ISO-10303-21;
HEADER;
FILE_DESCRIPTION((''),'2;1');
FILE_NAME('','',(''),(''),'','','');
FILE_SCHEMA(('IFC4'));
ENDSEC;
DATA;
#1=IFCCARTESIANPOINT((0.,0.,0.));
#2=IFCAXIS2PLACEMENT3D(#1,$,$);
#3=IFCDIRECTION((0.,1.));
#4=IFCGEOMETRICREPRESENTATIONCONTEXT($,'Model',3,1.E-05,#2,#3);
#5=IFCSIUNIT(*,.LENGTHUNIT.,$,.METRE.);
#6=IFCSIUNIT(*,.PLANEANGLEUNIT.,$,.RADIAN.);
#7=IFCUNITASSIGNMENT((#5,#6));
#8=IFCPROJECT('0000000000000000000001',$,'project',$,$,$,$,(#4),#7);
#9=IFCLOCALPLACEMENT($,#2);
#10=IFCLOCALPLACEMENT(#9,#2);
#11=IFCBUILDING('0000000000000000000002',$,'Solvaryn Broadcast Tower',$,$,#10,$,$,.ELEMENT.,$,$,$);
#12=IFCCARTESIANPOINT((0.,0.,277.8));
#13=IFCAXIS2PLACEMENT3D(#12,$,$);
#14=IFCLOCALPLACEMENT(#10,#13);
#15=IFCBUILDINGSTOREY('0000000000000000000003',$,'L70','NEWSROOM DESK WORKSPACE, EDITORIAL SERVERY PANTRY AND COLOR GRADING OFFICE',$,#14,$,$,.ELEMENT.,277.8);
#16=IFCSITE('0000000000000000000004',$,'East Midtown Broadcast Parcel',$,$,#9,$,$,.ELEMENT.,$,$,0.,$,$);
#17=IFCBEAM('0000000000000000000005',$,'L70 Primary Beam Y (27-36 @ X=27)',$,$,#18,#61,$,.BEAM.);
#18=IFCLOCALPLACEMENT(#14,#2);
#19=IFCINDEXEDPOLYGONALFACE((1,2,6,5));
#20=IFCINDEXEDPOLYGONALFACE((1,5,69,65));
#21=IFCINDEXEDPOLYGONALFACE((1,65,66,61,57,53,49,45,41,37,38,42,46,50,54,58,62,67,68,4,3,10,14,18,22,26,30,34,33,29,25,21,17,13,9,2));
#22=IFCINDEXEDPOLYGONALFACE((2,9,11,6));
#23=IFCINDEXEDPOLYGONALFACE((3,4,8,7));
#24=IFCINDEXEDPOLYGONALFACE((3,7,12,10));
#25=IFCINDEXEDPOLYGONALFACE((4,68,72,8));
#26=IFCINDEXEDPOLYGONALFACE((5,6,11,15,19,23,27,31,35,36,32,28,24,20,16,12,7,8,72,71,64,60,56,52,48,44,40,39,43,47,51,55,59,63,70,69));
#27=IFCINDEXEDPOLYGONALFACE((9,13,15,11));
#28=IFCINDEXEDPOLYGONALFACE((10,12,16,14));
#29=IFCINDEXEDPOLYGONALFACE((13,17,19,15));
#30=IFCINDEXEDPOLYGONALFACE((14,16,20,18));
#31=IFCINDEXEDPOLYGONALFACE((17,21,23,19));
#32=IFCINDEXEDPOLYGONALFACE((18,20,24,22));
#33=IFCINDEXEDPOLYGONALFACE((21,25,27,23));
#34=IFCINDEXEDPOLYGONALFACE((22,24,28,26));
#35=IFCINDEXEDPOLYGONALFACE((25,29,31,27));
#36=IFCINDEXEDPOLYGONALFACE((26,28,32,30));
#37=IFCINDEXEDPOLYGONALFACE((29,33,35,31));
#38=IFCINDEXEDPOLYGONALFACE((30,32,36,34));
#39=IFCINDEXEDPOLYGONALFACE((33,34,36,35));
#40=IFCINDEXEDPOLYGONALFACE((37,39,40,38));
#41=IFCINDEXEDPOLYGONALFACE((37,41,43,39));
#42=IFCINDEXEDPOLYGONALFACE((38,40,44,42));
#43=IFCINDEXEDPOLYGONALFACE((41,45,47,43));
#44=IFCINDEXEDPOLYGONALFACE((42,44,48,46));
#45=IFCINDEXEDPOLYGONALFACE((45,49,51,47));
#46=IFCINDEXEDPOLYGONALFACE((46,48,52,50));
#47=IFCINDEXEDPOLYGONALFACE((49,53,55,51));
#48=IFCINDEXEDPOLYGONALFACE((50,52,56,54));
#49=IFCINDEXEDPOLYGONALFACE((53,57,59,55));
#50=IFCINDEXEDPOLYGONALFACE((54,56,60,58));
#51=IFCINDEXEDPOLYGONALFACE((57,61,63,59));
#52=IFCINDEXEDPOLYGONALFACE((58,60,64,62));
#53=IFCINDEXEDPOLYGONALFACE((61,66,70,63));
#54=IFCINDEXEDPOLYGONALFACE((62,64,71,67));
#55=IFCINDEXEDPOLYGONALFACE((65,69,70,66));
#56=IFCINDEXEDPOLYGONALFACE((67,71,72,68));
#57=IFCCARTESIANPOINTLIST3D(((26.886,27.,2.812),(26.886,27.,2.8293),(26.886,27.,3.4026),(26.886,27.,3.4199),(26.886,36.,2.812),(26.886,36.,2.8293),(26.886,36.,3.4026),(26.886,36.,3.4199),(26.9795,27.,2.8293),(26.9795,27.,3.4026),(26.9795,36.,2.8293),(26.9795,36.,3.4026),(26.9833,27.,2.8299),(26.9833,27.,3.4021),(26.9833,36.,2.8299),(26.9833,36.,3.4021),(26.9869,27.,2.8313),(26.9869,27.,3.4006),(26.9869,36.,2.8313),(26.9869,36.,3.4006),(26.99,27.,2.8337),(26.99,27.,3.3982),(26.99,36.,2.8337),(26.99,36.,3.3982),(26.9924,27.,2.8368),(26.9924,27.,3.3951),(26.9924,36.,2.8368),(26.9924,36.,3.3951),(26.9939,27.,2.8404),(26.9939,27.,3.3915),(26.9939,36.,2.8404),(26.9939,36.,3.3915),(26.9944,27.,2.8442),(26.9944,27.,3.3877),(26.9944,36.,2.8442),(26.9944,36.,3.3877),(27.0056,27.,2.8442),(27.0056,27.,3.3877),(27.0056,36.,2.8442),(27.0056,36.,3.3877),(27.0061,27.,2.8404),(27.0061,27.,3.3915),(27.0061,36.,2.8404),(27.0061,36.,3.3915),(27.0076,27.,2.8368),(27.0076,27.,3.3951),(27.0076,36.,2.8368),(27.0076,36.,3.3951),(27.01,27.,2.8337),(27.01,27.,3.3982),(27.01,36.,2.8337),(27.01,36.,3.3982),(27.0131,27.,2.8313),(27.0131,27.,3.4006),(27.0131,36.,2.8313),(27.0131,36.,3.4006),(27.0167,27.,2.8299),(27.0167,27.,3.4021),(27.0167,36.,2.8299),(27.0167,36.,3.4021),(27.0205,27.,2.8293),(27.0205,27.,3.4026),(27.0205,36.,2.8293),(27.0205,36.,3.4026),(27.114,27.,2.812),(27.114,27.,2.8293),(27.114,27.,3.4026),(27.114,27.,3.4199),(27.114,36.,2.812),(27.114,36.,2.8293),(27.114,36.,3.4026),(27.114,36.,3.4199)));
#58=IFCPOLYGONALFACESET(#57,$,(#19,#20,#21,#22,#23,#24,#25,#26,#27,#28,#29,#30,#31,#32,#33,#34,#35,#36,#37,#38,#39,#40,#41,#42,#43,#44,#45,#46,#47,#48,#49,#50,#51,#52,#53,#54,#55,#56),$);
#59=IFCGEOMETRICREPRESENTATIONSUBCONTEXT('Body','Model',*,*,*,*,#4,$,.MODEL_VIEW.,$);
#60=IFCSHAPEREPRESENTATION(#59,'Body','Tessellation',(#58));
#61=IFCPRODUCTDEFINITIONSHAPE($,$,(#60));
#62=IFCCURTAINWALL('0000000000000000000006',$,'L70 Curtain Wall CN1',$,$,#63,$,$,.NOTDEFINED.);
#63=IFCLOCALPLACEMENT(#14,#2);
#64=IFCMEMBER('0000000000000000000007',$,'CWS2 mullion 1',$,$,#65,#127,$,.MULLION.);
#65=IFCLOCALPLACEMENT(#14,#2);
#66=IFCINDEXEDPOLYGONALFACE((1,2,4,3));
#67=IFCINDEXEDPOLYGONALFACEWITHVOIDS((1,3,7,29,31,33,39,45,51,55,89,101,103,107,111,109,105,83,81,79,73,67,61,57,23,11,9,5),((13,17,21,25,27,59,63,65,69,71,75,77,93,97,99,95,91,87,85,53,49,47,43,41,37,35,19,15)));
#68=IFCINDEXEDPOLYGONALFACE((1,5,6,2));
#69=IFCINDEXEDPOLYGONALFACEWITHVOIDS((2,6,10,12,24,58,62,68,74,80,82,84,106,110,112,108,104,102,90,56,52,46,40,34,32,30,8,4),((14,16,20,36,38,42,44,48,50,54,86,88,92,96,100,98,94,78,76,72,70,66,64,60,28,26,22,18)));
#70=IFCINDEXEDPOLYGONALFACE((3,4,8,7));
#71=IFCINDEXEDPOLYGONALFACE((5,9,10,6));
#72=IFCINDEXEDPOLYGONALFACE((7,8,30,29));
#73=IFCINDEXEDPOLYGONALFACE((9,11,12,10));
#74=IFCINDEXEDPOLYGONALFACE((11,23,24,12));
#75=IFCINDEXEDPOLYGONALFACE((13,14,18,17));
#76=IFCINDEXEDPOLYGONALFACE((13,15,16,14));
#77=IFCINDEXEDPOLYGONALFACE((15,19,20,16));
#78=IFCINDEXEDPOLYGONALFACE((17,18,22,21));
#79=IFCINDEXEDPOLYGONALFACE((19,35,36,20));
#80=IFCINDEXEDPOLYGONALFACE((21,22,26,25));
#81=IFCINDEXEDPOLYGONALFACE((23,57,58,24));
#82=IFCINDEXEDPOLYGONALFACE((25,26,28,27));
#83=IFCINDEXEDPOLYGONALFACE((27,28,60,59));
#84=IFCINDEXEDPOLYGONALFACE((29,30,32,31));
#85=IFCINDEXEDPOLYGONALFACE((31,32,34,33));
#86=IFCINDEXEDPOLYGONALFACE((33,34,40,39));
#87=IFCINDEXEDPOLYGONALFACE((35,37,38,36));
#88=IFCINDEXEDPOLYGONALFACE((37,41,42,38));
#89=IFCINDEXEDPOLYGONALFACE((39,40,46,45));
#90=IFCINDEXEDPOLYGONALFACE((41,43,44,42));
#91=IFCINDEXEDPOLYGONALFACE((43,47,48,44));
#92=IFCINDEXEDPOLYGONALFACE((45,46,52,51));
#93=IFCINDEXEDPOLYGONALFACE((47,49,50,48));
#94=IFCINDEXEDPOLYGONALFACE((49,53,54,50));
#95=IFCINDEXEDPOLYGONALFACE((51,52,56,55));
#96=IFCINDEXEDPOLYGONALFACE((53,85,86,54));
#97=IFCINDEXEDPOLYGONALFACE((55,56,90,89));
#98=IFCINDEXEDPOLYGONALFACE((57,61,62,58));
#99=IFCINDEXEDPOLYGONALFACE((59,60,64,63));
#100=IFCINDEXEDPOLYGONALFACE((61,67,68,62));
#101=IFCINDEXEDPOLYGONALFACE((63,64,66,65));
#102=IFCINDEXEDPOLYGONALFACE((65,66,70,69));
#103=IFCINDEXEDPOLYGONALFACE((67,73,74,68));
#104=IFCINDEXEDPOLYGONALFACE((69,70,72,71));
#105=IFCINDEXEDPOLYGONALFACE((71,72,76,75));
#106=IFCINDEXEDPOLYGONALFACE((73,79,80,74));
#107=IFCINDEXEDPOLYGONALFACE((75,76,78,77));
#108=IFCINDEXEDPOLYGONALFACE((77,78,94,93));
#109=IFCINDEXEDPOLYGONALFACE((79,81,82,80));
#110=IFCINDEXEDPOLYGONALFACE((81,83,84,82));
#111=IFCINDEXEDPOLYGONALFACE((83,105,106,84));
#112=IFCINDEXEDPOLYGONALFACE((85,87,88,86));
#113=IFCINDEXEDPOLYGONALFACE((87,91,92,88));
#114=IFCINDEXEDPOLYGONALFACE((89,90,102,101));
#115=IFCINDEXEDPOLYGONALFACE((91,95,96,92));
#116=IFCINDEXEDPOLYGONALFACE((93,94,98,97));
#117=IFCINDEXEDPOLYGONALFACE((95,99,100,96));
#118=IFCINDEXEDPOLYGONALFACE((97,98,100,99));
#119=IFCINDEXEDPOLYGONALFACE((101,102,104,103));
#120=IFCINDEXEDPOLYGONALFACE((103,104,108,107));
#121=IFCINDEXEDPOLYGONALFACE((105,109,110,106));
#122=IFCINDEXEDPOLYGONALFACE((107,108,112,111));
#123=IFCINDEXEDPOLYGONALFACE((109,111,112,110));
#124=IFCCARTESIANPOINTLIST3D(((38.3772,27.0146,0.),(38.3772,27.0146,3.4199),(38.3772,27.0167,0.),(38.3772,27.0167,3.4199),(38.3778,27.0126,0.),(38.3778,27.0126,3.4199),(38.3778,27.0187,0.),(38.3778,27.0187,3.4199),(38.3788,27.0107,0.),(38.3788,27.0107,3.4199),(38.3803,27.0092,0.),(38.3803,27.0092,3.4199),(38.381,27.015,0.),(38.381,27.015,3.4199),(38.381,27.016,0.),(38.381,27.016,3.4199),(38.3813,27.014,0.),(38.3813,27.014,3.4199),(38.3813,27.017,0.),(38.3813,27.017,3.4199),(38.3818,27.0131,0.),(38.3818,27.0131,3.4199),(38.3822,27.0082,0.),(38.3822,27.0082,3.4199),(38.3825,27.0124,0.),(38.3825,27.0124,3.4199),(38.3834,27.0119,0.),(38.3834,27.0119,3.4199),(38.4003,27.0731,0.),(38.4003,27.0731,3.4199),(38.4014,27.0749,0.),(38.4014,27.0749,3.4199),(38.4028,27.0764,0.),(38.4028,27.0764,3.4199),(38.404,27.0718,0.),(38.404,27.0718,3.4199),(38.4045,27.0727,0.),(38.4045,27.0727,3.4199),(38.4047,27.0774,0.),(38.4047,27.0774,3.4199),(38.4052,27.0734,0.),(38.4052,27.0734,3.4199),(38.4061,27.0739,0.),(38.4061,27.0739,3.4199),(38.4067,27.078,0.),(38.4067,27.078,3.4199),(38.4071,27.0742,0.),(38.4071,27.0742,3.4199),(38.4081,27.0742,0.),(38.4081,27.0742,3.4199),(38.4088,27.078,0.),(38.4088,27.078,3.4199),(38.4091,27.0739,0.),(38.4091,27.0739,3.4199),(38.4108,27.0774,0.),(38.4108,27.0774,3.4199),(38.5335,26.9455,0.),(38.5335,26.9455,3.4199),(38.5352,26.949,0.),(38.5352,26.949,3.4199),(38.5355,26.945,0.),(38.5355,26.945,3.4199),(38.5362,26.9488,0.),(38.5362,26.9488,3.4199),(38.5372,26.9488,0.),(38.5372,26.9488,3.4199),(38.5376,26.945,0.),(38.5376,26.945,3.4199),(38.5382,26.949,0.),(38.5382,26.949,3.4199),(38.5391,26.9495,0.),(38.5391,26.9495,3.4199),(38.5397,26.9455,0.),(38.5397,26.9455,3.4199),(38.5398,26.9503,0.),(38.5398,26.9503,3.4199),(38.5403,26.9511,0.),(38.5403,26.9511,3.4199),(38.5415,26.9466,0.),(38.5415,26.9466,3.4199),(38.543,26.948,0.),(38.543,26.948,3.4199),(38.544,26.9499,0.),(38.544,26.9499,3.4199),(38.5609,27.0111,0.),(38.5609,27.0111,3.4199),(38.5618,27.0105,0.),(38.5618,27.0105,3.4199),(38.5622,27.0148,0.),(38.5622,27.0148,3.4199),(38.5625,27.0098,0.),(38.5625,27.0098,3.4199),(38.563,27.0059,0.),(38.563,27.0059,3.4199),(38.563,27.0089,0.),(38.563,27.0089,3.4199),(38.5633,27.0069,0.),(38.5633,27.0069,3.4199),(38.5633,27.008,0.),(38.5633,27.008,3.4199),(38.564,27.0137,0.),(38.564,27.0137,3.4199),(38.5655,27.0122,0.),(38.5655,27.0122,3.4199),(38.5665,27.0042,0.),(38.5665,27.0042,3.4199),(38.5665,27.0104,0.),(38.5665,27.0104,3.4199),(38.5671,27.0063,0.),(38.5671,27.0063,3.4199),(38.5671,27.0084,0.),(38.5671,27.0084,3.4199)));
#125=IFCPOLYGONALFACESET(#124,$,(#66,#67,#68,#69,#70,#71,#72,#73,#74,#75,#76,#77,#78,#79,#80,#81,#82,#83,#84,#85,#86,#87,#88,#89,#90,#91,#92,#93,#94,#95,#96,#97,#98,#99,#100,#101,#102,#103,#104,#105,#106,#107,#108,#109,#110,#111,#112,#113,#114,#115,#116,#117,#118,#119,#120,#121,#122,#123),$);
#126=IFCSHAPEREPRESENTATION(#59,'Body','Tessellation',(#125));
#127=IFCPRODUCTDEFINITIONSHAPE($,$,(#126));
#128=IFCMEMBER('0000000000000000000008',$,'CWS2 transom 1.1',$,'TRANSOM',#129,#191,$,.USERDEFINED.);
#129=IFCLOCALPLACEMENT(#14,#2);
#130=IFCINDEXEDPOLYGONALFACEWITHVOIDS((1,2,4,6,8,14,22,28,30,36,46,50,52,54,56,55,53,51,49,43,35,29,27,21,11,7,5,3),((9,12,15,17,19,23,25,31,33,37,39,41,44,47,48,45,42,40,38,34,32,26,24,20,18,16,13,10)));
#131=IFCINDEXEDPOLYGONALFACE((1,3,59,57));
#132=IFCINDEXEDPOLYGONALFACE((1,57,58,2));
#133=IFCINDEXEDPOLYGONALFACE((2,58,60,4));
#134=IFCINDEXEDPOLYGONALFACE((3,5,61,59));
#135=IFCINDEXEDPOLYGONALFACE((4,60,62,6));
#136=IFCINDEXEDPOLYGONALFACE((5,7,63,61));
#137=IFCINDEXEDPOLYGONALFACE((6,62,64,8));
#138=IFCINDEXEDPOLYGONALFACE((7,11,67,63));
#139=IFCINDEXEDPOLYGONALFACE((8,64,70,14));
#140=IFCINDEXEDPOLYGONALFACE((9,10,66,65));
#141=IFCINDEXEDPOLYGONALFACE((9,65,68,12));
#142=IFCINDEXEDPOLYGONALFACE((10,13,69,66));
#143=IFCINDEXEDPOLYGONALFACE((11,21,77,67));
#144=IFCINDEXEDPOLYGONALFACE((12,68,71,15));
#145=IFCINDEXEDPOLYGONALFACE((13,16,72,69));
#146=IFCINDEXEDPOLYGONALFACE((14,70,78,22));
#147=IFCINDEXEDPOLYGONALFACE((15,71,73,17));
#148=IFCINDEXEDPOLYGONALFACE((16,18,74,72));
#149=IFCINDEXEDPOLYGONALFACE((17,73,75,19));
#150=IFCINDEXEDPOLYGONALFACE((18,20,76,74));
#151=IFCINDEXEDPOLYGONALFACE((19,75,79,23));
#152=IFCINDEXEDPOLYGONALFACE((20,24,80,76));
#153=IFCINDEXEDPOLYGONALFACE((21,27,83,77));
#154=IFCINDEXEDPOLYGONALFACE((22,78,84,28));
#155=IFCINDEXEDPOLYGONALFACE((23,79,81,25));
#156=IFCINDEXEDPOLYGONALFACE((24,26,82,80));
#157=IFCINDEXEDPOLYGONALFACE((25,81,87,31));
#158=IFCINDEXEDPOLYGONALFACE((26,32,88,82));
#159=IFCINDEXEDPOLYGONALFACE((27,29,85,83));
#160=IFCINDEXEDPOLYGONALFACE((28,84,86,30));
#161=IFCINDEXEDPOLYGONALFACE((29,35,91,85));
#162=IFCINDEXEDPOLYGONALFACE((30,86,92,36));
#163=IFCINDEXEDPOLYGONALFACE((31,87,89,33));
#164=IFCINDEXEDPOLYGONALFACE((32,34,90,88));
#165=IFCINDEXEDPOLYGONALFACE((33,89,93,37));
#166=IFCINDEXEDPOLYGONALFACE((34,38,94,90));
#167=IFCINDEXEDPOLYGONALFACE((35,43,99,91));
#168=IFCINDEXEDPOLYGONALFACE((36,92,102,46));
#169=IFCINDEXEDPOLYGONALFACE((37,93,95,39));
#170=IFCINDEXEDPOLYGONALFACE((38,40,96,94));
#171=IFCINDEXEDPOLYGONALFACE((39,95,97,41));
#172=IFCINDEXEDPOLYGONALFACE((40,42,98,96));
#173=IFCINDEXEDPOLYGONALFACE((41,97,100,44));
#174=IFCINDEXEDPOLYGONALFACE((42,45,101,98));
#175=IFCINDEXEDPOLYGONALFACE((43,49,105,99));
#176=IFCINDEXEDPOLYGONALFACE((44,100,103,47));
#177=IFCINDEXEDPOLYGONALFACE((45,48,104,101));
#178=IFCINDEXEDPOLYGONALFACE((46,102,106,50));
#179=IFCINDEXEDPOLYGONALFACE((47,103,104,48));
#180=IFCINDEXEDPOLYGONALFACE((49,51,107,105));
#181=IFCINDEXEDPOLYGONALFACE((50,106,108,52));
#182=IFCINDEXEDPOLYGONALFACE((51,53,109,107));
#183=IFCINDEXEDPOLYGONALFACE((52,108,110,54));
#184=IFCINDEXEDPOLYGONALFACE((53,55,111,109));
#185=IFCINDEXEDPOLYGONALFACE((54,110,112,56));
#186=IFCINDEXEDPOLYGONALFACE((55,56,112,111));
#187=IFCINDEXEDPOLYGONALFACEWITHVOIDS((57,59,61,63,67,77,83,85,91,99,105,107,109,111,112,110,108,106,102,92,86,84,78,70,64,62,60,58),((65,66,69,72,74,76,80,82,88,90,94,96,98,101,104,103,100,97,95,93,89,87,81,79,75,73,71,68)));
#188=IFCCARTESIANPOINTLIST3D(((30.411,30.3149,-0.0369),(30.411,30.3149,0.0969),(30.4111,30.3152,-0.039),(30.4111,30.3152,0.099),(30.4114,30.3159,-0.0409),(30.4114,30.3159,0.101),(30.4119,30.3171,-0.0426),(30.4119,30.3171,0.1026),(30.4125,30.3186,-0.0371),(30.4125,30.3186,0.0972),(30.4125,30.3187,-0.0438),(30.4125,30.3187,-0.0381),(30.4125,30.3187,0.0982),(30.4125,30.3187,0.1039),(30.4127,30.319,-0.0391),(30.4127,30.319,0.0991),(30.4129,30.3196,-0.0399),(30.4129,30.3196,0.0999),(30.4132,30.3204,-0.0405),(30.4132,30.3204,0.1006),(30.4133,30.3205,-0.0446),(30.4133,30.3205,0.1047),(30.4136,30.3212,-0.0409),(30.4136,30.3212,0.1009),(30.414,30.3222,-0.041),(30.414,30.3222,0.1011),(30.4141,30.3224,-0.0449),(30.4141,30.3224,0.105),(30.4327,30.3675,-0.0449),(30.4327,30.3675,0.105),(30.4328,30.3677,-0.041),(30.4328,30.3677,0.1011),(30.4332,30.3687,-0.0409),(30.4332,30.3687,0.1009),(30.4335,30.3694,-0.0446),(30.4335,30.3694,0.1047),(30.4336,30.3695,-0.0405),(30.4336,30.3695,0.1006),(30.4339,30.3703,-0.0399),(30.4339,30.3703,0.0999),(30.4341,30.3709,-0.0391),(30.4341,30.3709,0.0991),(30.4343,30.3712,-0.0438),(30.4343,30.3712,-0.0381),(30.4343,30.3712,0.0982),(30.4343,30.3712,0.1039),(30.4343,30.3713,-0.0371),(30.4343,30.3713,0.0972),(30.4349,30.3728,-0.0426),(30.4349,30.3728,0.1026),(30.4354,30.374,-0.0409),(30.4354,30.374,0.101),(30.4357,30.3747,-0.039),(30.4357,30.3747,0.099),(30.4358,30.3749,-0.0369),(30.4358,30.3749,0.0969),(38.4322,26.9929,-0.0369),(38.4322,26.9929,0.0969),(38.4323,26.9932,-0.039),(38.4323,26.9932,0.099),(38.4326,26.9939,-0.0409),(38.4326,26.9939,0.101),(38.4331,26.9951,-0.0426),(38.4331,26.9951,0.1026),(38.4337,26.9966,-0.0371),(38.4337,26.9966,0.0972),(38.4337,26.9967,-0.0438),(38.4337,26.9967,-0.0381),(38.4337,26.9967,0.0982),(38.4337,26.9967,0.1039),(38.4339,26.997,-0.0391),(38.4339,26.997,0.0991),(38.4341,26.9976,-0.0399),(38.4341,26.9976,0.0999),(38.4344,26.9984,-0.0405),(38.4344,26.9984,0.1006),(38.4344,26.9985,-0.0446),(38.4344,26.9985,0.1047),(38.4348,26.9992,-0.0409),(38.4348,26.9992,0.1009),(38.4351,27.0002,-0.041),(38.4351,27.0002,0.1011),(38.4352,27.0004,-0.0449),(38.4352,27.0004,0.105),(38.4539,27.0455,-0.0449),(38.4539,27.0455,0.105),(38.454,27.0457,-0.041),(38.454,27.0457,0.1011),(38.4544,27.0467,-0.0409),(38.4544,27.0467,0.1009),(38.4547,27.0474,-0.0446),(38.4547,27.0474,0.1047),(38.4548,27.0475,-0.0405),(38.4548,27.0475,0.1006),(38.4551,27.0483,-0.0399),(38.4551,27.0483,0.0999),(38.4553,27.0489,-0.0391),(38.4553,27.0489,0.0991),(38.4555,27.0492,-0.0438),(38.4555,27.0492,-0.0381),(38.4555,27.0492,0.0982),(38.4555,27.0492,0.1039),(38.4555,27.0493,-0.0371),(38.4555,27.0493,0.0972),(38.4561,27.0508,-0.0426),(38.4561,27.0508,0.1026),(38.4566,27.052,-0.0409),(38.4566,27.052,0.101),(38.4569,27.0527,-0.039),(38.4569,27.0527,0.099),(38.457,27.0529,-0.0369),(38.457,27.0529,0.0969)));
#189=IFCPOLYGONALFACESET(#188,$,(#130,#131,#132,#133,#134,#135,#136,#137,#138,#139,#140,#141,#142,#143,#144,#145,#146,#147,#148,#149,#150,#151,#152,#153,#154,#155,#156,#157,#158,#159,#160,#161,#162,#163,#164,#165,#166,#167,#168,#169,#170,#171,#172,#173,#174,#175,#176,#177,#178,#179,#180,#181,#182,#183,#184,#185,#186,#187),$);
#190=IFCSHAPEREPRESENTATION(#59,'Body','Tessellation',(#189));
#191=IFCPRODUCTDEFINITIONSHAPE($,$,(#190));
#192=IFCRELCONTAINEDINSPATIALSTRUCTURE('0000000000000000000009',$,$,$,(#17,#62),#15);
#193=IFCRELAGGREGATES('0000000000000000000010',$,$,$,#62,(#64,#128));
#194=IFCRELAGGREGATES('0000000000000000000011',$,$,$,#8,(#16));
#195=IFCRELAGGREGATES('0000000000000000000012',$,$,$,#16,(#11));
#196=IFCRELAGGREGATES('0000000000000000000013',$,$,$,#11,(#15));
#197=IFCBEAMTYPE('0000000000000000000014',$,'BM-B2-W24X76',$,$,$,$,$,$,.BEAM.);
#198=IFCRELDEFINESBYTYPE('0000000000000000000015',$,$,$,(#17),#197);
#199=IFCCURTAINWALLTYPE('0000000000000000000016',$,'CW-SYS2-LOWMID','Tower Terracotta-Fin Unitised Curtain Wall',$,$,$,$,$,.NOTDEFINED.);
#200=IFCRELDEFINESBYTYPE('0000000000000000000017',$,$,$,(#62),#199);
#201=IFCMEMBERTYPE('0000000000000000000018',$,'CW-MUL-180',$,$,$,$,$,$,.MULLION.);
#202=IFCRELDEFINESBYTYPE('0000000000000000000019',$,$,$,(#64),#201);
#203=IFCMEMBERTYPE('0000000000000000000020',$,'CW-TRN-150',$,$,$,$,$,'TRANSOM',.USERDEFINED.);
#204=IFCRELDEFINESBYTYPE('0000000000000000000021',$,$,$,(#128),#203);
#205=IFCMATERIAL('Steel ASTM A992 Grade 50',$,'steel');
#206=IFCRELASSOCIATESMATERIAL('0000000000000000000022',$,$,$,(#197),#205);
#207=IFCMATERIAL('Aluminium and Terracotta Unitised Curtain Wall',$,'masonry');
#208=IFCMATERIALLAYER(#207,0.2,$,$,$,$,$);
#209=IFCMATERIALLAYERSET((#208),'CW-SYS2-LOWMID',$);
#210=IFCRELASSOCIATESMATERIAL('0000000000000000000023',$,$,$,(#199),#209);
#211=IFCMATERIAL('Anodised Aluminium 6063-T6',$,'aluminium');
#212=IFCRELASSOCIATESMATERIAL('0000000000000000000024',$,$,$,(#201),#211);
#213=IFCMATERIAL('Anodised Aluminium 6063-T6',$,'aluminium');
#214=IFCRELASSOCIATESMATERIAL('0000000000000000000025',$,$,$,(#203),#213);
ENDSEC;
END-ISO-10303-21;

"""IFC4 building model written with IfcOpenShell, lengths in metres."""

from ifc_helpers import new_model, si_unit, direction, frame, origin, origin_2d, place, context, subcontext, project, spatial, hollow_rectangle, i_section, extrude, material, layer, layer_set, material_profile, profile_set, type_object, element, aggregate, save


model = new_model("IFC4")

# Units and contexts
model_context = context("Model", 3, precision=1e-05, world=origin(), true_north=direction((0.0, 1.0)))
body_context = subcontext(model_context, "Body", "Model", "MODEL_VIEW")
ifc_project = project(units=[si_unit("LENGTHUNIT", "METRE"), si_unit("PLANEANGLEUNIT", "RADIAN")], contexts=[model_context])

# Site, building, storey
site_placement = place(None, origin())
site = spatial("IfcSite", under=ifc_project, at=site_placement, Name="East Midtown Broadcast Parcel", CompositionType="ELEMENT", RefElevation=0.0)
building_placement = place(site_placement, origin())
building = spatial("IfcBuilding", under=site, at=building_placement, Name="Solvaryn Broadcast Tower", CompositionType="ELEMENT")
storey_placement = place(building_placement, frame((0.0, 0.0, 277.8)))
storey = spatial("IfcBuildingStorey", under=building, at=storey_placement, Name="L70", Description="NEWSROOM DESK WORKSPACE, EDITORIAL SERVERY PANTRY AND COLOR GRADING OFFICE", CompositionType="ELEMENT", Elevation=277.8)

# Beam
ifc_material_1 = material(Name="Steel ASTM A992 Grade 50", Category="steel")
ifc_material_profile_1 = material_profile(ifc_material_1, i_section(OverallWidth=0.228, OverallDepth=0.6079, WebThickness=0.0112, FlangeThickness=0.0173, FilletRadius=0.0149, at=origin_2d()))
ifc_profile_set_1 = profile_set([ifc_material_profile_1], Name="Steel ASTM A992 Grade 50")
beam_type_1 = type_object("IfcBeamType", Name="BM-B2-W24X76", PredefinedType="BEAM", material=ifc_profile_set_1)
beam_1_placement = place(storey_placement, frame((27.0, 27.0, 3.116), z_axis=(0.0, 1.0, 0.0), x_axis=(-1.0, 0.0, 0.0)))
element("IfcBeam", 1, at=beam_1_placement, inside=storey, type_object=beam_type_1, Name="L70 Primary Beam Y (27-36 @ X=27)", PredefinedType="BEAM", context=body_context, shape_type="SweptSolid", body=[
    extrude(i_section(OverallWidth=0.228, OverallDepth=0.6079, WebThickness=0.0112, FlangeThickness=0.0173, FilletRadius=0.0149, at=origin_2d()), origin(), (0.0, 0.0, 1.0), 9.0),
])

# Curtain wall, members
ifc_material_2 = material(Name="Aluminium and Terracotta Unitised Curtain Wall", Category="masonry")
ifc_layer_1 = layer(ifc_material_2, 0.2)
ifc_layer_set_1 = layer_set([ifc_layer_1], Name="CW-SYS2-LOWMID")
curtain_wall_type = type_object("IfcCurtainWallType", Name="CW-SYS2-LOWMID", Description="Tower Terracotta-Fin Unitised Curtain Wall", PredefinedType="NOTDEFINED", material=ifc_layer_set_1)
curtain_wall_placement = place(storey_placement, origin())
curtain_wall = element("IfcCurtainWall", 2, at=curtain_wall_placement, inside=storey, type_object=curtain_wall_type, Name="L70 Curtain Wall CN1", PredefinedType="NOTDEFINED")
ifc_material_3 = material(Name="Anodised Aluminium 6063-T6", Category="aluminium")
ifc_material_profile_2 = material_profile(ifc_material_3, hollow_rectangle(XDim=0.075, YDim=0.1799, WallThickness=0.0039, InnerFilletRadius=0.0039, OuterFilletRadius=0.0081, at=origin_2d()))
ifc_profile_set_2 = profile_set([ifc_material_profile_2], Name="Anodised Aluminium 6063-T6")
member_type_1 = type_object("IfcMemberType", Name="CW-MUL-180", PredefinedType="MULLION", material=ifc_profile_set_2)
member_1_placement = place(storey_placement, frame((38.4722, 27.0115, 0.0), z_axis=(0.0, 0.0, 1.0), x_axis=(-0.382646, -0.923895, 0.0)))
member_1 = element("IfcMember", 3, at=member_1_placement, type_object=member_type_1, Name="CWS2 mullion 1", PredefinedType="MULLION", context=body_context, shape_type="SweptSolid", body=[
    extrude(hollow_rectangle(XDim=0.075, YDim=0.1799, WallThickness=0.0039, InnerFilletRadius=0.0039, OuterFilletRadius=0.0081, at=origin_2d()), origin(), (0.0, 0.0, 1.0), 3.4199),
])
ifc_material_4 = material(Name="Anodised Aluminium 6063-T6", Category="aluminium")
ifc_material_profile_3 = material_profile(ifc_material_4, hollow_rectangle(XDim=0.0649, YDim=0.1499, WallThickness=0.0039, InnerFilletRadius=0.0039, OuterFilletRadius=0.0081, at=origin_2d()))
ifc_profile_set_3 = profile_set([ifc_material_profile_3], Name="Anodised Aluminium 6063-T6")
member_type_2 = type_object("IfcMemberType", Name="CW-TRN-150", ElementType="TRANSOM", PredefinedType="USERDEFINED", material=ifc_profile_set_3)
member_2_placement = place(storey_placement, frame((38.4446, 27.0229, 0.03), z_axis=(-0.923899, 0.382636, 0.0), x_axis=(-0.382636, -0.923899, 0.0)))
member_2 = element("IfcMember", 4, at=member_2_placement, type_object=member_type_2, Name="CWS2 transom 1.1", ObjectType="TRANSOM", PredefinedType="USERDEFINED", context=body_context, shape_type="SweptSolid", body=[
    extrude(hollow_rectangle(XDim=0.0649, YDim=0.1499, WallThickness=0.0039, InnerFilletRadius=0.0039, OuterFilletRadius=0.0081, at=origin_2d()), origin(), (0.0, 0.0, 1.0), 8.6819),
])
aggregate(curtain_wall, [member_1, member_2])

save(model, "model.ifc")
